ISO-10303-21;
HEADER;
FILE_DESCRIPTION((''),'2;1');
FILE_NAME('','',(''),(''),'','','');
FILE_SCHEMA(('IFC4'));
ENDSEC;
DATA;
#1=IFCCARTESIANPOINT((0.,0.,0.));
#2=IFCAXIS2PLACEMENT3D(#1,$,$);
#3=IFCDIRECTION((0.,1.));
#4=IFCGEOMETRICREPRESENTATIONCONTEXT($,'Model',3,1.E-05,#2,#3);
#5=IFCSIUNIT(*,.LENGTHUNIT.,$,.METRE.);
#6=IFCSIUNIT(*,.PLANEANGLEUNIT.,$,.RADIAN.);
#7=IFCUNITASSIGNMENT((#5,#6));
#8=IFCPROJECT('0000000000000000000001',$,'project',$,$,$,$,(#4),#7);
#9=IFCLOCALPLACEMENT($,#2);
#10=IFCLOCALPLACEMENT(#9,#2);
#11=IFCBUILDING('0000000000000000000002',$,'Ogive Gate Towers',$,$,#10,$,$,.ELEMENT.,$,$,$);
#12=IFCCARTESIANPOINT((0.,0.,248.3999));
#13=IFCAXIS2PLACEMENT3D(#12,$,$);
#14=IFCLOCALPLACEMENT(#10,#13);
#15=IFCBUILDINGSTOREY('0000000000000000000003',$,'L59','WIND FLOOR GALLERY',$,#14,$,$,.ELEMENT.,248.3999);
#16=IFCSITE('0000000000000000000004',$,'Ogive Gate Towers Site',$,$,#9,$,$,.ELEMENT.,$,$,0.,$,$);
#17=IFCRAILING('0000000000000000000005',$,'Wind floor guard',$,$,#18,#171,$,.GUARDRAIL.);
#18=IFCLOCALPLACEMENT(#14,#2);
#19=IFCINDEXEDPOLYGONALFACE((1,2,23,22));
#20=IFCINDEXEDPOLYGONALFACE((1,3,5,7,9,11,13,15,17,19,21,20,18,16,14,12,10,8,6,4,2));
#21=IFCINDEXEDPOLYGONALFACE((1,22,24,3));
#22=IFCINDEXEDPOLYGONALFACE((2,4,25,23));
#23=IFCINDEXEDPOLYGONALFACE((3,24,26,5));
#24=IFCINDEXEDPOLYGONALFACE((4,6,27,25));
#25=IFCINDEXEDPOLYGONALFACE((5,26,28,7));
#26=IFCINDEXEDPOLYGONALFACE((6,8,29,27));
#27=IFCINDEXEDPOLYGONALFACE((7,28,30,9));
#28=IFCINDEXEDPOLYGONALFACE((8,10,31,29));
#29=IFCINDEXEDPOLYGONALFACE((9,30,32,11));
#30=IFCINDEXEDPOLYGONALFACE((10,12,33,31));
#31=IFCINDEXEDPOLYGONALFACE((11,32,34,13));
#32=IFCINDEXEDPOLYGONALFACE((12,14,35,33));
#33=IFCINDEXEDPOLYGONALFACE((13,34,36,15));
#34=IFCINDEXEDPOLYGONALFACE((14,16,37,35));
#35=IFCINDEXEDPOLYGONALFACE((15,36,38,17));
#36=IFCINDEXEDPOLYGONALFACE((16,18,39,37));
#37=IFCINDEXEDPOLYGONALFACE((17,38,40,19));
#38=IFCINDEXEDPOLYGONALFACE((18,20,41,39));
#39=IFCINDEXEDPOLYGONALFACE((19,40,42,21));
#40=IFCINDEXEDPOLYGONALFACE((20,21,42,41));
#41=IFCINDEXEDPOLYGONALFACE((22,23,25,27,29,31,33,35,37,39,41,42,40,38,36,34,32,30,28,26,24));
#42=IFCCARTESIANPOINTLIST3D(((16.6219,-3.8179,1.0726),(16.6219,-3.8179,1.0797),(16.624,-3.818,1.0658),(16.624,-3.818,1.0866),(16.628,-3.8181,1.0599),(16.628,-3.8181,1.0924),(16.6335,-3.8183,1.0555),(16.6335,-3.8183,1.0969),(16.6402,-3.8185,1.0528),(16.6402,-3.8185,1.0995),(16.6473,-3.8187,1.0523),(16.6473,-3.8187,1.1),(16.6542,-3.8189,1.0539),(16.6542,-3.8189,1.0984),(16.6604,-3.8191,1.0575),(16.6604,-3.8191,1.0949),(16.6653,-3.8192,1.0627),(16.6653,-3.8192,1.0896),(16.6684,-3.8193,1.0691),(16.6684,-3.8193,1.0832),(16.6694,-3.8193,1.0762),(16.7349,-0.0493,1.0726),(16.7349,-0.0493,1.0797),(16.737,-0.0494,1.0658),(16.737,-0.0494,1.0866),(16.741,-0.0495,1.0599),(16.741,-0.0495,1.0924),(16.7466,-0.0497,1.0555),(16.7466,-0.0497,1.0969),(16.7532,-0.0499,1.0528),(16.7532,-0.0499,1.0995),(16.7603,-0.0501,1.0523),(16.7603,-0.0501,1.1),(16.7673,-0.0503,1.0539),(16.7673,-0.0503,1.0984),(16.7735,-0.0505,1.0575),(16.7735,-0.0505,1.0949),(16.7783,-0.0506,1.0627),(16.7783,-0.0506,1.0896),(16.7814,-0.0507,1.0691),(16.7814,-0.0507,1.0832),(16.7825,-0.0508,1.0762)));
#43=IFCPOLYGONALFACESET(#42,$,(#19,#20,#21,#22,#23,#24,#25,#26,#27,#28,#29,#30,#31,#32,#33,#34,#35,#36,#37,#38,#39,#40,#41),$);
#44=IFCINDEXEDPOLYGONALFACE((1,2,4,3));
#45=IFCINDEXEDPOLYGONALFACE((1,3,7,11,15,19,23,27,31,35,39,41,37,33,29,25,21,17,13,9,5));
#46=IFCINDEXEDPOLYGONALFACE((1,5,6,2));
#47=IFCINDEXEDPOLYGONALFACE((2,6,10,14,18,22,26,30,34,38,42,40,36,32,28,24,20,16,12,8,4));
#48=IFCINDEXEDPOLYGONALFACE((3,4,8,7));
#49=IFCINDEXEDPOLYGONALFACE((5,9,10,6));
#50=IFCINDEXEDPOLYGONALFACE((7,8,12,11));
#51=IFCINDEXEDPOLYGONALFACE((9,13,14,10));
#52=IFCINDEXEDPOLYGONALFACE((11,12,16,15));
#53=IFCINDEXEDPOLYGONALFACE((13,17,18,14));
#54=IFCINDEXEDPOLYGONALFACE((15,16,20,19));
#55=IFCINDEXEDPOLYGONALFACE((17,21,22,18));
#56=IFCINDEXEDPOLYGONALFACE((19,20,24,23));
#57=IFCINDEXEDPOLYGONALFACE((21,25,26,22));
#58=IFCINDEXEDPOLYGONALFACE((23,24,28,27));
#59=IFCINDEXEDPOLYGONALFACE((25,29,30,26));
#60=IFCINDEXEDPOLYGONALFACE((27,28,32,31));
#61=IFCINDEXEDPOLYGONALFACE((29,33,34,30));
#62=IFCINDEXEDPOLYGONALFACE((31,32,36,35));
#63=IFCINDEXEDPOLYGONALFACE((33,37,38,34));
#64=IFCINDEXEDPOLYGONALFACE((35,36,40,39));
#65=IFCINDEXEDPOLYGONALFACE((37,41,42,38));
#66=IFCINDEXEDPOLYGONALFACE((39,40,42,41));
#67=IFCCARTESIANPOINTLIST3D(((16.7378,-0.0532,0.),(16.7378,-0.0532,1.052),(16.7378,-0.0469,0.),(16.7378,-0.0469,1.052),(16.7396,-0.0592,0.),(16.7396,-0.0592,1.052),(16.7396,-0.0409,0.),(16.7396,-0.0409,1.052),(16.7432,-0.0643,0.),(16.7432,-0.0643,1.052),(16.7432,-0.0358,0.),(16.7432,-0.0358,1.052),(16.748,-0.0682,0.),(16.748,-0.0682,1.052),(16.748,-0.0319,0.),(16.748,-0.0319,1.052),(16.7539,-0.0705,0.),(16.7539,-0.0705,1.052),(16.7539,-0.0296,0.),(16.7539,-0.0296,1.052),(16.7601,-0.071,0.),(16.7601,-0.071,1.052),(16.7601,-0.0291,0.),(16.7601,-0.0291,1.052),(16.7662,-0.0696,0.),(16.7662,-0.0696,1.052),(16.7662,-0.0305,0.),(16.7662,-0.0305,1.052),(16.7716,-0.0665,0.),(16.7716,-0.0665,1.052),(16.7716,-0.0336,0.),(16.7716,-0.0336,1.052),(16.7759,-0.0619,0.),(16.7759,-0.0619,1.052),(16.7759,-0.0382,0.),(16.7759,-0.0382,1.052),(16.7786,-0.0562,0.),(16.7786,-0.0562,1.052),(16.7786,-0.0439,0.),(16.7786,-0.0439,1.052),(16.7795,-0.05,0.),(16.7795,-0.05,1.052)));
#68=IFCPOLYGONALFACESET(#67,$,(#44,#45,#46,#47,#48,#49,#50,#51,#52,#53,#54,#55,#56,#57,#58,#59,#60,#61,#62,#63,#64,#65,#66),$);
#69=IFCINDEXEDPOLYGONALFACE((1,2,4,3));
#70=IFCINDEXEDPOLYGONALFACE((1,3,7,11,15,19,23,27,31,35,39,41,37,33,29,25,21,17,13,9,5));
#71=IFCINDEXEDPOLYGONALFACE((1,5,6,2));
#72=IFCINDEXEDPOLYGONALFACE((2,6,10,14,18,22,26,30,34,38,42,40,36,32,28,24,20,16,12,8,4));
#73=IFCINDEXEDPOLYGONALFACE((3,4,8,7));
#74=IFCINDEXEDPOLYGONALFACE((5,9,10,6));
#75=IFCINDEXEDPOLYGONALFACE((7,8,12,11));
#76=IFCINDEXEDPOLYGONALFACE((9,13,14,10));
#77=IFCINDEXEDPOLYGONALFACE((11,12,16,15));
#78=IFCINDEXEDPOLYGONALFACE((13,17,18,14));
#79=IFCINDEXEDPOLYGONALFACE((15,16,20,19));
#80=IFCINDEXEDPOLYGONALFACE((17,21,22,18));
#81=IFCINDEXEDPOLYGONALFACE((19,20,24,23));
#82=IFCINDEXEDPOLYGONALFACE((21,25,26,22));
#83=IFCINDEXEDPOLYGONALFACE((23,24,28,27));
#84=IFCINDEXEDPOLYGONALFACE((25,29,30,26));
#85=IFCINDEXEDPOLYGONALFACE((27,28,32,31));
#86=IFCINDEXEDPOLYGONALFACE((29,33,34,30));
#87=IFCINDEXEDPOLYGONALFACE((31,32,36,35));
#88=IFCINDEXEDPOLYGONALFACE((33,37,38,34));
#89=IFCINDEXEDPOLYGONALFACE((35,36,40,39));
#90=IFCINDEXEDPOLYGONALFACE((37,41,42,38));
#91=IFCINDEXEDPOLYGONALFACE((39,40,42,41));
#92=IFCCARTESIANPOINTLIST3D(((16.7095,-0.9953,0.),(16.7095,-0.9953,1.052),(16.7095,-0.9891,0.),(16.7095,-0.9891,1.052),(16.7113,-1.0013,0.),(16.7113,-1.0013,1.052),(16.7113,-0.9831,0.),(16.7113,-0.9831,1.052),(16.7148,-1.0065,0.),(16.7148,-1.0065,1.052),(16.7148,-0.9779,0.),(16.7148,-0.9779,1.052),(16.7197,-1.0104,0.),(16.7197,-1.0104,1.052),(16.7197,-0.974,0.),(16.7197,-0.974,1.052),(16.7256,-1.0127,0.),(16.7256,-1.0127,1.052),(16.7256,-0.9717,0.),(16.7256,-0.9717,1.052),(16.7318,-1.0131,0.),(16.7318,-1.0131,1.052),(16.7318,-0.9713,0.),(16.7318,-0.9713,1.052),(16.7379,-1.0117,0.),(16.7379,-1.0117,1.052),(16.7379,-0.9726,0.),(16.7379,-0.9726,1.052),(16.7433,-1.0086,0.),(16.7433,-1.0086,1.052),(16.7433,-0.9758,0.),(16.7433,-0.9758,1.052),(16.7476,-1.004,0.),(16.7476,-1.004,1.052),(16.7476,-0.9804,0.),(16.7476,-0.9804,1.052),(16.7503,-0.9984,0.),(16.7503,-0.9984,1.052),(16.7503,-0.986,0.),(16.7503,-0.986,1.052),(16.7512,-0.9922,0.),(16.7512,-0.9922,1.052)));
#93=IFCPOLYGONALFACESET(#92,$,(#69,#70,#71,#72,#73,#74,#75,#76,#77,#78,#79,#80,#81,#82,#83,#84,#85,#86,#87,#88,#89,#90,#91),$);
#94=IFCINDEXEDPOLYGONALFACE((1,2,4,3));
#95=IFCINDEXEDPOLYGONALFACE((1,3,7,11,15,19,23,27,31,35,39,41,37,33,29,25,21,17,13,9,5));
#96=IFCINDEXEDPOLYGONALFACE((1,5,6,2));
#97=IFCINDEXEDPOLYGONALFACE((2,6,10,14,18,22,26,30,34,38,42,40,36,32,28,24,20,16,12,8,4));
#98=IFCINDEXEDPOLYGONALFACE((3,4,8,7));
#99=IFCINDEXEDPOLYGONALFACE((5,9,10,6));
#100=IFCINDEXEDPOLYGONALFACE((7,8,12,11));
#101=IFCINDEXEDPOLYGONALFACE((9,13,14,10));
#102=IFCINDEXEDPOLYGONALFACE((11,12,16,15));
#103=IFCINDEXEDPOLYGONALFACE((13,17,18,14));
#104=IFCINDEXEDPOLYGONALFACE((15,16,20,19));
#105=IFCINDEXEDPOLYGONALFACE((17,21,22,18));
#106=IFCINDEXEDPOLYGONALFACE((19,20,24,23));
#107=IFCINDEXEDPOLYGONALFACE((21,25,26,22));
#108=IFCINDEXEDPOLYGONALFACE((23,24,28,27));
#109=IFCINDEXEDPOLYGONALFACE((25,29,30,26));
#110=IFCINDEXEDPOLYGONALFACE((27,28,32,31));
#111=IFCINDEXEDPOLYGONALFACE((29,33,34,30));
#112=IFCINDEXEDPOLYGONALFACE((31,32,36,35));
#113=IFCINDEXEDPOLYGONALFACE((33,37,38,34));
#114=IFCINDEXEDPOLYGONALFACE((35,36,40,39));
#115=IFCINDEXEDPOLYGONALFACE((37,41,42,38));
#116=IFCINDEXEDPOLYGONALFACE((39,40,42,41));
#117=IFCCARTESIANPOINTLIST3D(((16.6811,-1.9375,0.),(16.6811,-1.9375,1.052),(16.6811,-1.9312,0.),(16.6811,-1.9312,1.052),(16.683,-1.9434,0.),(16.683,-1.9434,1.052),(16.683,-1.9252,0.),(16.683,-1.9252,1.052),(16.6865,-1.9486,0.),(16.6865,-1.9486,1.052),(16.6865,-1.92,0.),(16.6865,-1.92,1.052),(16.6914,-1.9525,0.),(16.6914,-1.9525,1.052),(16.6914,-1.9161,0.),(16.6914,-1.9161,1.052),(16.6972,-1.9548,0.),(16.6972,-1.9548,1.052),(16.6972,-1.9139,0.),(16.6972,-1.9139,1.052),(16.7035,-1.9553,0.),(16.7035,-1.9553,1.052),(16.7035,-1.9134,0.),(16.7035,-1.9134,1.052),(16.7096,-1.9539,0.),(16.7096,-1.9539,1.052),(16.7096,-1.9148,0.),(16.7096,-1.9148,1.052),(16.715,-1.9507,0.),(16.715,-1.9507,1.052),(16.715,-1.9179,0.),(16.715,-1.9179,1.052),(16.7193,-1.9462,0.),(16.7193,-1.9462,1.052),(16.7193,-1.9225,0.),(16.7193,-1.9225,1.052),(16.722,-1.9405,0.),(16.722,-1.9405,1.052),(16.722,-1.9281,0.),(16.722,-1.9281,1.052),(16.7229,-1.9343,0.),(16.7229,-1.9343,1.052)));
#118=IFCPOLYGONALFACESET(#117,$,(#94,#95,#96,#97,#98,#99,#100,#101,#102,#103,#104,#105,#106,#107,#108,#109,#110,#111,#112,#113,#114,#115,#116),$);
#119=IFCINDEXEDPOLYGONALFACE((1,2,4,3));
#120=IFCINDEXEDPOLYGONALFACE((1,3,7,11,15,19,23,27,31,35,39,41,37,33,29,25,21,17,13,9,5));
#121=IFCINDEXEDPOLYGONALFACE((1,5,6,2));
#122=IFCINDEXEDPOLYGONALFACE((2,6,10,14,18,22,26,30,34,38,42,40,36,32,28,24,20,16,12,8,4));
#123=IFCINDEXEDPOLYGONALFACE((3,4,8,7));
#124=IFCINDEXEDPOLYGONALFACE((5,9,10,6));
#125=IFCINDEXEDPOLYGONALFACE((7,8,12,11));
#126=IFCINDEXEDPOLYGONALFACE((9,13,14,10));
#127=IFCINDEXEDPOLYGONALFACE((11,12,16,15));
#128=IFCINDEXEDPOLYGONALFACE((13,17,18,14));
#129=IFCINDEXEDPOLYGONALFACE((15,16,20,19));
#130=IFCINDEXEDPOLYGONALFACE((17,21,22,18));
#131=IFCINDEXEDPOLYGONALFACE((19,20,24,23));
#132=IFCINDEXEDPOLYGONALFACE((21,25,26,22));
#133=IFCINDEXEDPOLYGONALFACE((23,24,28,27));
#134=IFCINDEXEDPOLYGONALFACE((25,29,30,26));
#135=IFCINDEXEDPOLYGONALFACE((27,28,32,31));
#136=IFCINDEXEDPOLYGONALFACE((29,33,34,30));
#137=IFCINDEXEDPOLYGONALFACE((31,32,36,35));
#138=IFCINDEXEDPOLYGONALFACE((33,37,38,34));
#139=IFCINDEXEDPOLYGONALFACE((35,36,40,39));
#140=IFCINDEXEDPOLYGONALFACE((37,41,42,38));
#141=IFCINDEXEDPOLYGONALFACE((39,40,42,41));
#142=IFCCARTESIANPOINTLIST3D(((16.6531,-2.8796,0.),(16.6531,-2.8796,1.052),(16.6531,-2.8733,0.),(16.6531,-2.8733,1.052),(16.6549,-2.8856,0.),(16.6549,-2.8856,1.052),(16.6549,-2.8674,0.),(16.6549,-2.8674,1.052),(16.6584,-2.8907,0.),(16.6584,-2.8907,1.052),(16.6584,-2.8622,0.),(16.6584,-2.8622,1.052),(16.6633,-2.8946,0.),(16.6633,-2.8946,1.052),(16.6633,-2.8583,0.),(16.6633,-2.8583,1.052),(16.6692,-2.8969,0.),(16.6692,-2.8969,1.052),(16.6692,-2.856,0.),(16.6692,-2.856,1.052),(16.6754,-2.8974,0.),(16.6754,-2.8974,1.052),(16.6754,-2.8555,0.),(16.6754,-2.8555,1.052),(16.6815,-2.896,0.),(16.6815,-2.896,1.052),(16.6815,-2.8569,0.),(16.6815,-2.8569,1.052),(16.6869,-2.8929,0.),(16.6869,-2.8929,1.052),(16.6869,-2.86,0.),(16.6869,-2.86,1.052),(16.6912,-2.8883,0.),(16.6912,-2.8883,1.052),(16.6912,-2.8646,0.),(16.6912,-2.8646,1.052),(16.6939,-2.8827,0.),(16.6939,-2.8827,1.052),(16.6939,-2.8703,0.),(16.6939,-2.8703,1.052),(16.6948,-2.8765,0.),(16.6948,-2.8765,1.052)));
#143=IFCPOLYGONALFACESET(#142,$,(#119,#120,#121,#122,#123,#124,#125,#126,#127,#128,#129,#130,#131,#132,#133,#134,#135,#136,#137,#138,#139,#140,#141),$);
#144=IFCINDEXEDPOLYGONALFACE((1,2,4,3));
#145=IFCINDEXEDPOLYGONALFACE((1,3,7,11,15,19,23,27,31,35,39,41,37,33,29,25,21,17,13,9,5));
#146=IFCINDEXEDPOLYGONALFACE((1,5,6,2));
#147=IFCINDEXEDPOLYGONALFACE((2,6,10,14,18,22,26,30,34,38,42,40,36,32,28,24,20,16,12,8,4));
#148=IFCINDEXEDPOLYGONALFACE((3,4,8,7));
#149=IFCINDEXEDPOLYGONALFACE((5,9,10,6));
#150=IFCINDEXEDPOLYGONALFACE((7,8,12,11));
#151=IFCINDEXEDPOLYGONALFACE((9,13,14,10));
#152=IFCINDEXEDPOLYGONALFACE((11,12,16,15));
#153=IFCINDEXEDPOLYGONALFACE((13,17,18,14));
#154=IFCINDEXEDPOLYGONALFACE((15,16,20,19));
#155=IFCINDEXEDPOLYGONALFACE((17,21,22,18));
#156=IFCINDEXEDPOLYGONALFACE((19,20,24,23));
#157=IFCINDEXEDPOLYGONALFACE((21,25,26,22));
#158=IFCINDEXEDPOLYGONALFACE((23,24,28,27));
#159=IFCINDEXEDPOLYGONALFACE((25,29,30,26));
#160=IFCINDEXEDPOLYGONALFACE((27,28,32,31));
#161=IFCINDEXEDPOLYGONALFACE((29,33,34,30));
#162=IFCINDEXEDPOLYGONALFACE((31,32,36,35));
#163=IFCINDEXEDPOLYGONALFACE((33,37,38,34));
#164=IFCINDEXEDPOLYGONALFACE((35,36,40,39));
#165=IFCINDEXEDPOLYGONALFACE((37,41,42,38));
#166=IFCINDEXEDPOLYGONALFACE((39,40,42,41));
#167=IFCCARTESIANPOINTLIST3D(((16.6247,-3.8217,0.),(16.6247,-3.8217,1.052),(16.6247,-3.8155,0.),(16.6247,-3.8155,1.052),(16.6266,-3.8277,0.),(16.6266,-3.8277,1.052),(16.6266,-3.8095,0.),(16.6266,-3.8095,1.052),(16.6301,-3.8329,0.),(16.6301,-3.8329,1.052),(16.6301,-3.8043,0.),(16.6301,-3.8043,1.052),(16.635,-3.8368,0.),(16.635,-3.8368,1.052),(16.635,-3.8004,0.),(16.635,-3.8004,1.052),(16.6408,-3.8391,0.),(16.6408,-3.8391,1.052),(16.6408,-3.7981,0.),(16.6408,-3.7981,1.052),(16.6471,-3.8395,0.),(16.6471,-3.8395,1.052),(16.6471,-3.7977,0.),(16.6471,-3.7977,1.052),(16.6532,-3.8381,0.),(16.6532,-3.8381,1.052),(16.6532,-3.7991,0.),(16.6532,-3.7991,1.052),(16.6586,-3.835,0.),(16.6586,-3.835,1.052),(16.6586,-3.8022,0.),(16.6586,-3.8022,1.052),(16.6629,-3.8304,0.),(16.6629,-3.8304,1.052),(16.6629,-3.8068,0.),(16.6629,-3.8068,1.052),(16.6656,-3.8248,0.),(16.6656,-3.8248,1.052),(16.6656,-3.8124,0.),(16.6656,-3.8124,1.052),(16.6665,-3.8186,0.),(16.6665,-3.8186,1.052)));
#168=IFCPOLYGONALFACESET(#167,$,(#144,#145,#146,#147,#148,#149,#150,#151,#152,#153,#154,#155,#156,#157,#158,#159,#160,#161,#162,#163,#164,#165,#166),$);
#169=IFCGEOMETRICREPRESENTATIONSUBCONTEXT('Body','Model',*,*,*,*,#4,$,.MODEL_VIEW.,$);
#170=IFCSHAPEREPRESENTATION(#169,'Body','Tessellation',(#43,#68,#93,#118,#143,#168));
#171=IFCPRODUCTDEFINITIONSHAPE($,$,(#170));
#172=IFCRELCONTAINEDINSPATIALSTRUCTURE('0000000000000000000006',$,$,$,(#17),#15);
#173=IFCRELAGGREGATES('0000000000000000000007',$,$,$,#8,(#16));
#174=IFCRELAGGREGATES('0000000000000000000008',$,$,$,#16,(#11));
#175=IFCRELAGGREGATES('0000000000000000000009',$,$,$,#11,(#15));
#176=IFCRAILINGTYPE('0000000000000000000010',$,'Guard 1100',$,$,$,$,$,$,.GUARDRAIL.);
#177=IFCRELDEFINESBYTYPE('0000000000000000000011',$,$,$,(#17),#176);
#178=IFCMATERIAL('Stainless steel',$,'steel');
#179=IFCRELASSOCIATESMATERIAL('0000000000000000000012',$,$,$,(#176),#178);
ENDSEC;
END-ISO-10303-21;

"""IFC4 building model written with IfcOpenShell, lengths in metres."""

from ifc_helpers import new_model, si_unit, direction, frame, origin, origin_2d, place, context, subcontext, project, spatial, circle, extrude, material, type_object, element, save


model = new_model("IFC4")

# Units and contexts
model_context = context("Model", 3, precision=1e-05, world=origin(), true_north=direction((0.0, 1.0)))
body_context = subcontext(model_context, "Body", "Model", "MODEL_VIEW")
ifc_project = project(units=[si_unit("LENGTHUNIT", "METRE"), si_unit("PLANEANGLEUNIT", "RADIAN")], contexts=[model_context])

# Site, building, storey
site_placement = place(None, origin())
site = spatial("IfcSite", under=ifc_project, at=site_placement, Name="Ogive Gate Towers Site", CompositionType="ELEMENT", RefElevation=0.0)
building_placement = place(site_placement, origin())
building = spatial("IfcBuilding", under=site, at=building_placement, Name="Ogive Gate Towers", CompositionType="ELEMENT")
storey_placement = place(building_placement, frame((0.0, 0.0, 248.3999)))
storey = spatial("IfcBuildingStorey", under=building, at=storey_placement, Name="L59", Description="WIND FLOOR GALLERY", CompositionType="ELEMENT", Elevation=248.3999)

# Railing
ifc_material_1 = material(Name="Stainless steel", Category="steel")
railing_type = type_object("IfcRailingType", Name="Guard 1100", PredefinedType="GUARDRAIL", material=ifc_material_1)
railing_1_placement = place(storey_placement, frame((16.7585, -0.05, 0.0)))
element("IfcRailing", 1, at=railing_1_placement, inside=storey, type_object=railing_type, Name="Wind floor guard", PredefinedType="GUARDRAIL", context=body_context, shape_type="SweptSolid", body=[
    extrude(circle(Radius=0.0239, at=origin_2d()), frame((0.0, 0.0, 1.0762), z_axis=(-0.029981, -0.99955, 0.0), x_axis=(0.99955, -0.029981, 0.0)), (0.0, 0.0, 1.0), 3.7703),
    extrude(circle(Radius=0.021, at=origin_2d()), origin(), (0.0, 0.0, 1.0), 1.052),
    extrude(circle(Radius=0.021, at=origin_2d()), frame((-0.0283, -0.9421, 0.0)), (0.0, 0.0, 1.0), 1.052),
    extrude(circle(Radius=0.021, at=origin_2d()), frame((-0.0566, -1.8843, 0.0)), (0.0, 0.0, 1.0), 1.052),
    extrude(circle(Radius=0.021, at=origin_2d()), frame((-0.0847, -2.8264, 0.0)), (0.0, 0.0, 1.0), 1.052),
    extrude(circle(Radius=0.021, at=origin_2d()), frame((-0.113, -3.7686, 0.0)), (0.0, 0.0, 1.0), 1.052),
])

save(model, "model.ifc")
